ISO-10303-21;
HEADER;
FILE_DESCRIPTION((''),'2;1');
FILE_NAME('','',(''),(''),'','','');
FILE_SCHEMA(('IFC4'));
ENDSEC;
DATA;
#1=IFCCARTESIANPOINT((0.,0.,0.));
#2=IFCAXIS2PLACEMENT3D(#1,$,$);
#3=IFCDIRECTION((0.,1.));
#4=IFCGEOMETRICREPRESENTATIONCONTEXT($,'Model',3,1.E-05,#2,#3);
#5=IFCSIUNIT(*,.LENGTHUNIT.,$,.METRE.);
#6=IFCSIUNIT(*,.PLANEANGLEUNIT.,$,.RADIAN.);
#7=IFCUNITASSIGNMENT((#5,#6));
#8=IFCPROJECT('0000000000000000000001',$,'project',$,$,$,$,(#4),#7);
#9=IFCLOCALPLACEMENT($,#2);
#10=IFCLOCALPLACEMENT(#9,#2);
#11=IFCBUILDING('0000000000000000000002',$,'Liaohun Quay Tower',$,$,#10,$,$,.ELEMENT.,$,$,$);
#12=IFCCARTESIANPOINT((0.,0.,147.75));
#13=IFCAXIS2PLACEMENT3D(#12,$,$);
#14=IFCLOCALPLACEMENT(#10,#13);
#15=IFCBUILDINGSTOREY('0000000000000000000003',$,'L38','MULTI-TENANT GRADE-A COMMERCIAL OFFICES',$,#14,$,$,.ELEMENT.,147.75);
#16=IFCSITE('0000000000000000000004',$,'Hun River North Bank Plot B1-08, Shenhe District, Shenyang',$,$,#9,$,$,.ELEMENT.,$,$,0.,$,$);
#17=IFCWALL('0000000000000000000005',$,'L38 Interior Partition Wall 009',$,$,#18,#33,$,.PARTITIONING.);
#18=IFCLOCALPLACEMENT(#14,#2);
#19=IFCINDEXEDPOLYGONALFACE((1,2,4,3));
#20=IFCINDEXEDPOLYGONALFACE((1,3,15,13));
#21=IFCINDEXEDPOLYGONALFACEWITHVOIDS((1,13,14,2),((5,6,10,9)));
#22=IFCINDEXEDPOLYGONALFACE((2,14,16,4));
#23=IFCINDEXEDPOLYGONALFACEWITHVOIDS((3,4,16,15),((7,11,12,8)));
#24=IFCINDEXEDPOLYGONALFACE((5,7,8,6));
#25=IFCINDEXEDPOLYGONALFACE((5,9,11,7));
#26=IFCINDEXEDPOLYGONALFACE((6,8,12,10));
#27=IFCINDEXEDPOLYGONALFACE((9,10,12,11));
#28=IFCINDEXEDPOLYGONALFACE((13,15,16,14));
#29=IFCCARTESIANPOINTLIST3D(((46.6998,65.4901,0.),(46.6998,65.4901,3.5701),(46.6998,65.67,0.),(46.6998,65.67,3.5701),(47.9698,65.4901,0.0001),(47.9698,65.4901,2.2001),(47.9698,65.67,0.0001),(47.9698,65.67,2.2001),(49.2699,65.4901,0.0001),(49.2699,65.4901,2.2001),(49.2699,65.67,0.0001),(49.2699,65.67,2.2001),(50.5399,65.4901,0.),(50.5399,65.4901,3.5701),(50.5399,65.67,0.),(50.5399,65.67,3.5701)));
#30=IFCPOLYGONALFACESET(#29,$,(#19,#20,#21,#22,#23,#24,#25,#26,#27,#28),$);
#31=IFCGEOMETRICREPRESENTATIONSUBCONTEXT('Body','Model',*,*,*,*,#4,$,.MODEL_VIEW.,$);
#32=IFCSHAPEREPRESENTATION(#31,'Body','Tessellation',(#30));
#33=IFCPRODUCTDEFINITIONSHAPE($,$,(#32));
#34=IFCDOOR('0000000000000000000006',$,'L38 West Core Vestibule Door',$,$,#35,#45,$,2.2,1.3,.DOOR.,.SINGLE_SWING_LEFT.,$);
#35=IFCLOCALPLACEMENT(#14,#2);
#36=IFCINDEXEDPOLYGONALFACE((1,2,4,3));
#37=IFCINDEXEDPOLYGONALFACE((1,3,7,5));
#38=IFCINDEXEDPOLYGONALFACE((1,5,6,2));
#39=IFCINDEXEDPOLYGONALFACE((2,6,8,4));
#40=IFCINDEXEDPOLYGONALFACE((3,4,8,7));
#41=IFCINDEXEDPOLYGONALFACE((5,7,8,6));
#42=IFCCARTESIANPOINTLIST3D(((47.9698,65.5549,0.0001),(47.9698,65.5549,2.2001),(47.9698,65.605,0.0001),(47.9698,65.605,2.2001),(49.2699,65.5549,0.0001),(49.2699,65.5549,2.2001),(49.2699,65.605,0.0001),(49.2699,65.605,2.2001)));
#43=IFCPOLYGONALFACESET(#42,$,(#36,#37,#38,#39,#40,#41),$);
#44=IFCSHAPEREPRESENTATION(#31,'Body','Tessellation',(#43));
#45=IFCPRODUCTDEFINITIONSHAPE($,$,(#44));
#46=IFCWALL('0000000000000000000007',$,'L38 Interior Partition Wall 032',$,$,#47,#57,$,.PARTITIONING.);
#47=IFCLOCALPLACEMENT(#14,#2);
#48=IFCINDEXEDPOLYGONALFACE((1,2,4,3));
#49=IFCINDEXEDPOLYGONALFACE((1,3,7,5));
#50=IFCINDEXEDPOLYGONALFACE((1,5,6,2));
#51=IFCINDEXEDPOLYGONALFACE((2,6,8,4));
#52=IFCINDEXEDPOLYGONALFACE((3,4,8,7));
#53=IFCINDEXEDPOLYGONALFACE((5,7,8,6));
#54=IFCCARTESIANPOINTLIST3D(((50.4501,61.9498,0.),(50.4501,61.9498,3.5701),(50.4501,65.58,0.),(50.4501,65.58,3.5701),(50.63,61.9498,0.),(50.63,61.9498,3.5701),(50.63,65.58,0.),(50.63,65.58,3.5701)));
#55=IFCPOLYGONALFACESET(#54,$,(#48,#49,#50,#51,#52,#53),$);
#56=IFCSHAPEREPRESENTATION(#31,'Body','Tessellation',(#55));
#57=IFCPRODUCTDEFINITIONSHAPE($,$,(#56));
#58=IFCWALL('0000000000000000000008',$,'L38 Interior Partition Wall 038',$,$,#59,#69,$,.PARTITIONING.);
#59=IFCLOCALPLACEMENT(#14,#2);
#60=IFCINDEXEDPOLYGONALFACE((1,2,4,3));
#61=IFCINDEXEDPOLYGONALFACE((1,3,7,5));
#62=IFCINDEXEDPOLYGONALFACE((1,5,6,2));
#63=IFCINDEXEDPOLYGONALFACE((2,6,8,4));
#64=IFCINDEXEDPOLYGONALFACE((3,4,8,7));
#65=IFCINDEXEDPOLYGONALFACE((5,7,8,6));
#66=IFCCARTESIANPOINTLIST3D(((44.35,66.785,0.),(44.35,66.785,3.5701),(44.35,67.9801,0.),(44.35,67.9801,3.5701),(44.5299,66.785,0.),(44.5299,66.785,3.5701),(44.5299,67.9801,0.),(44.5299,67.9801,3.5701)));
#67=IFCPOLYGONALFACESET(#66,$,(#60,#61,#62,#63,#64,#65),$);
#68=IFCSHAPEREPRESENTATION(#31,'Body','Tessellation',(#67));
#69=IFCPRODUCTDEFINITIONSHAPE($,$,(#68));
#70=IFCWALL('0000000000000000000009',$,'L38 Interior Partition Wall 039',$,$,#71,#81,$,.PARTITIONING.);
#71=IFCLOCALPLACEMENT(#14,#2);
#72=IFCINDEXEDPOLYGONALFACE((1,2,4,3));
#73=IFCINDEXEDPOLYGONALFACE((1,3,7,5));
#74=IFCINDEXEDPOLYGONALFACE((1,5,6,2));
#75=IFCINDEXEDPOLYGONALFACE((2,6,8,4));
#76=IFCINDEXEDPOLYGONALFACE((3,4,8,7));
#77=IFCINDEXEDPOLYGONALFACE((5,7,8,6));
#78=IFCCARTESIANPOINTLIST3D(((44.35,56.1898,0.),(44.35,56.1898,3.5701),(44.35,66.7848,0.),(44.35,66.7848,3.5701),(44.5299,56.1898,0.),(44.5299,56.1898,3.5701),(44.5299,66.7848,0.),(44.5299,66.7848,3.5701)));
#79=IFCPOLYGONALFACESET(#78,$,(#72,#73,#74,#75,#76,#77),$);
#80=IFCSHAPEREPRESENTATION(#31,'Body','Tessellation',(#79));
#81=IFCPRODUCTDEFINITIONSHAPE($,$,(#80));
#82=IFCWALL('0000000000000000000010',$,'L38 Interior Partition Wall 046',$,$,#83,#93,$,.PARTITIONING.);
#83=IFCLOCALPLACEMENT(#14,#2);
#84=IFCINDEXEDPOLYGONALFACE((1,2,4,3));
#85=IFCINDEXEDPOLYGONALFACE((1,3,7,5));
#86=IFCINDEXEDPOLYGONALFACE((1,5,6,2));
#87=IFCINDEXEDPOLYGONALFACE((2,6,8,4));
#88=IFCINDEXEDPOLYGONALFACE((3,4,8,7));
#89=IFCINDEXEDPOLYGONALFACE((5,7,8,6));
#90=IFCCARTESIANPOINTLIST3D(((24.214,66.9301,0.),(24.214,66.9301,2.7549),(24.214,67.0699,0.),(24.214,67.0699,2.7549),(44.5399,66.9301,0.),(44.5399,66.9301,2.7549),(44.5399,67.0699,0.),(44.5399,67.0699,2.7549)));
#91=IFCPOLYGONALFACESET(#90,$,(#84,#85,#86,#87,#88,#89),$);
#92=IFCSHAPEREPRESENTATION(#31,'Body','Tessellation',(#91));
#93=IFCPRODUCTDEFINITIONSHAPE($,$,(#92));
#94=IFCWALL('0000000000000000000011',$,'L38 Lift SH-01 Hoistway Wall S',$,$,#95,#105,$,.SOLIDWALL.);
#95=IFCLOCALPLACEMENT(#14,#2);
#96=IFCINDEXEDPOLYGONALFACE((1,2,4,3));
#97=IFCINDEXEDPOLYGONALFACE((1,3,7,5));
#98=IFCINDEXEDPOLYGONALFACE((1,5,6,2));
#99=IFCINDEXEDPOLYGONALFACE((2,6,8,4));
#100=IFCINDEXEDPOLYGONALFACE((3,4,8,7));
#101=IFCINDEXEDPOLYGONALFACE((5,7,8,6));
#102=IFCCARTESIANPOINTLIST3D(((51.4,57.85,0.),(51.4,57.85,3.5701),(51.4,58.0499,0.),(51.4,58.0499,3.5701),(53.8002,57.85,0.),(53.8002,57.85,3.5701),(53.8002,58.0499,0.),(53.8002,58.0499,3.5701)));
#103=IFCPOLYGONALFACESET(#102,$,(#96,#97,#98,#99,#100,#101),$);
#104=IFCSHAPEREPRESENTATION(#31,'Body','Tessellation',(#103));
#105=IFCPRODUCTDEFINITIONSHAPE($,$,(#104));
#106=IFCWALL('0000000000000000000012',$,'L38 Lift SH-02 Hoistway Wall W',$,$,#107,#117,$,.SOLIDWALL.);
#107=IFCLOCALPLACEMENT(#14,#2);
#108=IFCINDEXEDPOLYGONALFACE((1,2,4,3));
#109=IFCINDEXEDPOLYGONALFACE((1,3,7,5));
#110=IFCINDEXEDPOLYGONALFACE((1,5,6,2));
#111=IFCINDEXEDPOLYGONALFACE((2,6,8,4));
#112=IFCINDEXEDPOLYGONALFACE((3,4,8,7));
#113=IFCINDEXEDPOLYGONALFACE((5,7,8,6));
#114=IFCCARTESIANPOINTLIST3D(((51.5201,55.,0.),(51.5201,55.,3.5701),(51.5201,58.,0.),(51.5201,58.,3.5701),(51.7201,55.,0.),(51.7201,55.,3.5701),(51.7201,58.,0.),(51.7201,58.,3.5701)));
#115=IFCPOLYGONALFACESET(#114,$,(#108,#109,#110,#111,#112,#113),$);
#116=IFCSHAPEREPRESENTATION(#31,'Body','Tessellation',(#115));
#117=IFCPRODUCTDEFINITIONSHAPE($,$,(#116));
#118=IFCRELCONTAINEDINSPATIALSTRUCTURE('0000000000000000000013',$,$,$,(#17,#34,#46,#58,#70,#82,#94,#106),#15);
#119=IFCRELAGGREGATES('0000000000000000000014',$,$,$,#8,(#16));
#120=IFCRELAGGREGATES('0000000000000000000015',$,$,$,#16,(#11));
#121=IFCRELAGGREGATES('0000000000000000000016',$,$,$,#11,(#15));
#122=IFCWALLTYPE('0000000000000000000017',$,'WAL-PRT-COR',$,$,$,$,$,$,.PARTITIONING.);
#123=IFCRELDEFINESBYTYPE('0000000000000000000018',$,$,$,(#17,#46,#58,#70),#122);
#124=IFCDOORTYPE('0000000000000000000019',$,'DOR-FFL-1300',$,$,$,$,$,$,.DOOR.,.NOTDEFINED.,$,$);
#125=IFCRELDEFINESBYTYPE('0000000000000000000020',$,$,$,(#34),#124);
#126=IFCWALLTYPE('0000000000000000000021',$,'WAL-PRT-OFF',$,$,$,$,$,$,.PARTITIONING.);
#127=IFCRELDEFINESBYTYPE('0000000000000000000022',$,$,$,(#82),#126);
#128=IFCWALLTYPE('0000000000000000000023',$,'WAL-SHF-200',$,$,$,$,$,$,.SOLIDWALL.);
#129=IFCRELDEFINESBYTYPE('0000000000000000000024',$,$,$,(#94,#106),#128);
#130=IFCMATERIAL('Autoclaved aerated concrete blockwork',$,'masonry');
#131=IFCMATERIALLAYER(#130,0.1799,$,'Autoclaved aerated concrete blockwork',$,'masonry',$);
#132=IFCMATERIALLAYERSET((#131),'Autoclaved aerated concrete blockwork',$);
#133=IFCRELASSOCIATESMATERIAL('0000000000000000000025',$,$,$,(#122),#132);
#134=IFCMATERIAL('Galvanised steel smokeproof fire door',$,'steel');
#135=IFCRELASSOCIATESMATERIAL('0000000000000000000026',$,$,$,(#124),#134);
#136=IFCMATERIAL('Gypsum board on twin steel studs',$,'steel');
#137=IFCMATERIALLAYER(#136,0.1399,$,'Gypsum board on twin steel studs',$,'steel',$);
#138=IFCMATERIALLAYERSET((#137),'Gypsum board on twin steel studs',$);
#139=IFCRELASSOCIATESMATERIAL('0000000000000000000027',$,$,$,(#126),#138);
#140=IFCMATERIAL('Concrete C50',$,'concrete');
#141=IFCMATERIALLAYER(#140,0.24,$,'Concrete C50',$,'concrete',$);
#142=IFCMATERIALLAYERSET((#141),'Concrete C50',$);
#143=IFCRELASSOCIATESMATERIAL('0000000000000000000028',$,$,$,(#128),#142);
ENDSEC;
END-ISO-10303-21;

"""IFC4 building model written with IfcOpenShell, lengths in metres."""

from ifc_helpers import new_model, si_unit, direction, frame, frame_2d, origin, place, context, subcontext, project, spatial, rectangle, extrude, source, transform, mapped, material, layer, layer_set, type_object, element, fill, save


model = new_model("IFC4")

# Units and contexts
model_context = context("Model", 3, precision=1e-05, world=origin(), true_north=direction((0.0, 1.0)))
body_context = subcontext(model_context, "Body", "Model", "MODEL_VIEW")
ifc_project = project(units=[si_unit("LENGTHUNIT", "METRE"), si_unit("PLANEANGLEUNIT", "RADIAN")], contexts=[model_context])

# Site, building, storey
site_placement = place(None, origin())
site = spatial("IfcSite", under=ifc_project, at=site_placement, Name="Hun River North Bank Plot B1-08, Shenhe District, Shenyang", CompositionType="ELEMENT", RefElevation=0.0)
building_placement = place(site_placement, origin())
building = spatial("IfcBuilding", under=site, at=building_placement, Name="Liaohun Quay Tower", CompositionType="ELEMENT")
storey_placement = place(building_placement, frame((0.0, 0.0, 147.75)))
storey = spatial("IfcBuildingStorey", under=building, at=storey_placement, Name="L38", Description="MULTI-TENANT GRADE-A COMMERCIAL OFFICES", CompositionType="ELEMENT", Elevation=147.75)

# Wall, opening, door
ifc_material_1 = material(Name="Autoclaved aerated concrete blockwork", Category="masonry")
ifc_layer_1 = layer(ifc_material_1, 0.1799, Name="Autoclaved aerated concrete blockwork", Category="masonry")
ifc_layer_set_1 = layer_set([ifc_layer_1], Name="Autoclaved aerated concrete blockwork")
wall_type_1 = type_object("IfcWallType", Name="WAL-PRT-COR", PredefinedType="PARTITIONING", material=ifc_layer_set_1)
wall_1_placement = place(storey_placement, frame((46.7, 65.5801, 0.0), z_axis=(0.0, 0.0, 1.0), x_axis=(1.0, 0.0, 0.0)))
wall_1 = element("IfcWall", 1, at=wall_1_placement, inside=storey, type_object=wall_type_1, Name="L38 Interior Partition Wall 009", PredefinedType="PARTITIONING", context=body_context, shape_type="SweptSolid", body=[
    extrude(rectangle(XDim=3.8401, YDim=0.1799, at=frame_2d((1.9199, 0.0))), origin(), (0.0, 0.0, 1.0), 3.5701),
])
shared_shape_1 = source(origin(), body_context, "Body", "SweptSolid", [
    extrude(rectangle(XDim=1.3, YDim=2.2, at=frame_2d((0.6499, 1.1001))), frame((0.0, 0.0999, 0.0), z_axis=(0.0, -1.0, 0.0), x_axis=(1.0, 0.0, 0.0)), (0.0, 0.0, 1.0), 0.2),
])
opening_1_placement = place(wall_1_placement, frame((1.27, 0.0, 0.0)))
opening_1 = element("IfcOpeningElement", 2, at=opening_1_placement, cuts=wall_1, PredefinedType="OPENING", context=body_context, shape_type="MappedRepresentation", body=[
    mapped(shared_shape_1, transform((0.0, 0.0, 0.0), x_axis=(1.0, 0.0, 0.0), y_axis=(0.0, 1.0, 0.0), z_axis=(0.0, 0.0, 1.0), scale=1.0)),
])
ifc_material_2 = material(Name="Galvanised steel smokeproof fire door", Category="steel")
door_type_1 = type_object("IfcDoorType", Name="DOR-FFL-1300", OperationType="NOTDEFINED", PredefinedType="DOOR", material=ifc_material_2)
shared_shape_2 = source(origin(), body_context, "Body", "SweptSolid", [
    extrude(rectangle(XDim=1.3, YDim=2.2, at=frame_2d((0.6499, 1.1001))), frame((0.0, 0.0249, 0.0), z_axis=(0.0, -1.0, 0.0), x_axis=(1.0, 0.0, 0.0)), (0.0, 0.0, 1.0), 0.05),
])
door_1_placement = place(opening_1_placement, origin())
door_1 = element("IfcDoor", 3, at=door_1_placement, inside=storey, type_object=door_type_1, Name="L38 West Core Vestibule Door", OperationType="SINGLE_SWING_LEFT", OverallHeight=2.2, OverallWidth=1.3, PredefinedType="DOOR", context=body_context, shape_type="MappedRepresentation", body=[
    mapped(shared_shape_2, transform((0.0, 0.0, 0.0), x_axis=(1.0, 0.0, 0.0), y_axis=(0.0, 1.0, 0.0), z_axis=(0.0, 0.0, 1.0), scale=1.0)),
])
fill(opening_1, door_1)

# Walls
wall_2_placement = place(storey_placement, frame((50.54, 61.95, 0.0), z_axis=(0.0, 0.0, 1.0), x_axis=(0.0, 1.0, 0.0)))
element("IfcWall", 4, at=wall_2_placement, inside=storey, type_object=wall_type_1, Name="L38 Interior Partition Wall 032", PredefinedType="PARTITIONING", context=body_context, shape_type="SweptSolid", body=[
    extrude(rectangle(XDim=3.6301, YDim=0.1799, at=frame_2d((1.8149, 0.0))), origin(), (0.0, 0.0, 1.0), 3.5701),
])
wall_3_placement = place(storey_placement, frame((44.4399, 66.7849, 0.0), z_axis=(0.0, 0.0, 1.0), x_axis=(0.0, 1.0, 0.0)))
element("IfcWall", 5, at=wall_3_placement, inside=storey, type_object=wall_type_1, Name="L38 Interior Partition Wall 038", PredefinedType="PARTITIONING", context=body_context, shape_type="SweptSolid", body=[
    extrude(rectangle(XDim=1.1951, YDim=0.1799, at=frame_2d((0.5977, 0.0))), origin(), (0.0, 0.0, 1.0), 3.5701),
])
wall_4_placement = place(storey_placement, frame((44.4399, 56.1899, 0.0), z_axis=(0.0, 0.0, 1.0), x_axis=(0.0, 1.0, 0.0)))
element("IfcWall", 6, at=wall_4_placement, inside=storey, type_object=wall_type_1, Name="L38 Interior Partition Wall 039", PredefinedType="PARTITIONING", context=body_context, shape_type="SweptSolid", body=[
    extrude(rectangle(XDim=10.595, YDim=0.1799, at=frame_2d((5.2974, 0.0))), origin(), (0.0, 0.0, 1.0), 3.5701),
])
ifc_material_3 = material(Name="Gypsum board on twin steel studs", Category="steel")
ifc_layer_2 = layer(ifc_material_3, 0.1399, Name="Gypsum board on twin steel studs", Category="steel")
ifc_layer_set_2 = layer_set([ifc_layer_2], Name="Gypsum board on twin steel studs")
wall_type_2 = type_object("IfcWallType", Name="WAL-PRT-OFF", PredefinedType="PARTITIONING", material=ifc_layer_set_2)
wall_5_placement = place(storey_placement, frame((44.54, 67.0, 0.0), z_axis=(0.0, 0.0, 1.0), x_axis=(-1.0, 0.0, 0.0)))
element("IfcWall", 7, at=wall_5_placement, inside=storey, type_object=wall_type_2, Name="L38 Interior Partition Wall 046", PredefinedType="PARTITIONING", context=body_context, shape_type="SweptSolid", body=[
    extrude(rectangle(XDim=20.3259, YDim=0.1399, at=frame_2d((10.1631, 0.0))), origin(), (0.0, 0.0, 1.0), 2.7549),
])
ifc_material_4 = material(Name="Concrete C50", Category="concrete")
ifc_layer_3 = layer(ifc_material_4, 0.24, Name="Concrete C50", Category="concrete")
ifc_layer_set_3 = layer_set([ifc_layer_3], Name="Concrete C50")
wall_type_3 = type_object("IfcWallType", Name="WAL-SHF-200", PredefinedType="SOLIDWALL", material=ifc_layer_set_3)
wall_6_placement = place(storey_placement, frame((51.3999, 57.95, 0.0), z_axis=(0.0, 0.0, 1.0), x_axis=(1.0, 0.0, 0.0)))
element("IfcWall", 8, at=wall_6_placement, inside=storey, type_object=wall_type_3, Name="L38 Lift SH-01 Hoistway Wall S", PredefinedType="SOLIDWALL", context=body_context, shape_type="SweptSolid", body=[
    extrude(rectangle(XDim=2.4001, YDim=0.2, at=frame_2d((1.2002, 0.0))), origin(), (0.0, 0.0, 1.0), 3.5701),
])
wall_7_placement = place(storey_placement, frame((51.6201, 58.0, 0.0), z_axis=(0.0, 0.0, 1.0), x_axis=(0.0, -1.0, 0.0)))
element("IfcWall", 9, at=wall_7_placement, inside=storey, type_object=wall_type_3, Name="L38 Lift SH-02 Hoistway Wall W", PredefinedType="SOLIDWALL", context=body_context, shape_type="SweptSolid", body=[
    extrude(rectangle(XDim=3.0, YDim=0.2, at=frame_2d((1.5, 0.0))), origin(), (0.0, 0.0, 1.0), 3.5701),
])

save(model, "model.ifc")
